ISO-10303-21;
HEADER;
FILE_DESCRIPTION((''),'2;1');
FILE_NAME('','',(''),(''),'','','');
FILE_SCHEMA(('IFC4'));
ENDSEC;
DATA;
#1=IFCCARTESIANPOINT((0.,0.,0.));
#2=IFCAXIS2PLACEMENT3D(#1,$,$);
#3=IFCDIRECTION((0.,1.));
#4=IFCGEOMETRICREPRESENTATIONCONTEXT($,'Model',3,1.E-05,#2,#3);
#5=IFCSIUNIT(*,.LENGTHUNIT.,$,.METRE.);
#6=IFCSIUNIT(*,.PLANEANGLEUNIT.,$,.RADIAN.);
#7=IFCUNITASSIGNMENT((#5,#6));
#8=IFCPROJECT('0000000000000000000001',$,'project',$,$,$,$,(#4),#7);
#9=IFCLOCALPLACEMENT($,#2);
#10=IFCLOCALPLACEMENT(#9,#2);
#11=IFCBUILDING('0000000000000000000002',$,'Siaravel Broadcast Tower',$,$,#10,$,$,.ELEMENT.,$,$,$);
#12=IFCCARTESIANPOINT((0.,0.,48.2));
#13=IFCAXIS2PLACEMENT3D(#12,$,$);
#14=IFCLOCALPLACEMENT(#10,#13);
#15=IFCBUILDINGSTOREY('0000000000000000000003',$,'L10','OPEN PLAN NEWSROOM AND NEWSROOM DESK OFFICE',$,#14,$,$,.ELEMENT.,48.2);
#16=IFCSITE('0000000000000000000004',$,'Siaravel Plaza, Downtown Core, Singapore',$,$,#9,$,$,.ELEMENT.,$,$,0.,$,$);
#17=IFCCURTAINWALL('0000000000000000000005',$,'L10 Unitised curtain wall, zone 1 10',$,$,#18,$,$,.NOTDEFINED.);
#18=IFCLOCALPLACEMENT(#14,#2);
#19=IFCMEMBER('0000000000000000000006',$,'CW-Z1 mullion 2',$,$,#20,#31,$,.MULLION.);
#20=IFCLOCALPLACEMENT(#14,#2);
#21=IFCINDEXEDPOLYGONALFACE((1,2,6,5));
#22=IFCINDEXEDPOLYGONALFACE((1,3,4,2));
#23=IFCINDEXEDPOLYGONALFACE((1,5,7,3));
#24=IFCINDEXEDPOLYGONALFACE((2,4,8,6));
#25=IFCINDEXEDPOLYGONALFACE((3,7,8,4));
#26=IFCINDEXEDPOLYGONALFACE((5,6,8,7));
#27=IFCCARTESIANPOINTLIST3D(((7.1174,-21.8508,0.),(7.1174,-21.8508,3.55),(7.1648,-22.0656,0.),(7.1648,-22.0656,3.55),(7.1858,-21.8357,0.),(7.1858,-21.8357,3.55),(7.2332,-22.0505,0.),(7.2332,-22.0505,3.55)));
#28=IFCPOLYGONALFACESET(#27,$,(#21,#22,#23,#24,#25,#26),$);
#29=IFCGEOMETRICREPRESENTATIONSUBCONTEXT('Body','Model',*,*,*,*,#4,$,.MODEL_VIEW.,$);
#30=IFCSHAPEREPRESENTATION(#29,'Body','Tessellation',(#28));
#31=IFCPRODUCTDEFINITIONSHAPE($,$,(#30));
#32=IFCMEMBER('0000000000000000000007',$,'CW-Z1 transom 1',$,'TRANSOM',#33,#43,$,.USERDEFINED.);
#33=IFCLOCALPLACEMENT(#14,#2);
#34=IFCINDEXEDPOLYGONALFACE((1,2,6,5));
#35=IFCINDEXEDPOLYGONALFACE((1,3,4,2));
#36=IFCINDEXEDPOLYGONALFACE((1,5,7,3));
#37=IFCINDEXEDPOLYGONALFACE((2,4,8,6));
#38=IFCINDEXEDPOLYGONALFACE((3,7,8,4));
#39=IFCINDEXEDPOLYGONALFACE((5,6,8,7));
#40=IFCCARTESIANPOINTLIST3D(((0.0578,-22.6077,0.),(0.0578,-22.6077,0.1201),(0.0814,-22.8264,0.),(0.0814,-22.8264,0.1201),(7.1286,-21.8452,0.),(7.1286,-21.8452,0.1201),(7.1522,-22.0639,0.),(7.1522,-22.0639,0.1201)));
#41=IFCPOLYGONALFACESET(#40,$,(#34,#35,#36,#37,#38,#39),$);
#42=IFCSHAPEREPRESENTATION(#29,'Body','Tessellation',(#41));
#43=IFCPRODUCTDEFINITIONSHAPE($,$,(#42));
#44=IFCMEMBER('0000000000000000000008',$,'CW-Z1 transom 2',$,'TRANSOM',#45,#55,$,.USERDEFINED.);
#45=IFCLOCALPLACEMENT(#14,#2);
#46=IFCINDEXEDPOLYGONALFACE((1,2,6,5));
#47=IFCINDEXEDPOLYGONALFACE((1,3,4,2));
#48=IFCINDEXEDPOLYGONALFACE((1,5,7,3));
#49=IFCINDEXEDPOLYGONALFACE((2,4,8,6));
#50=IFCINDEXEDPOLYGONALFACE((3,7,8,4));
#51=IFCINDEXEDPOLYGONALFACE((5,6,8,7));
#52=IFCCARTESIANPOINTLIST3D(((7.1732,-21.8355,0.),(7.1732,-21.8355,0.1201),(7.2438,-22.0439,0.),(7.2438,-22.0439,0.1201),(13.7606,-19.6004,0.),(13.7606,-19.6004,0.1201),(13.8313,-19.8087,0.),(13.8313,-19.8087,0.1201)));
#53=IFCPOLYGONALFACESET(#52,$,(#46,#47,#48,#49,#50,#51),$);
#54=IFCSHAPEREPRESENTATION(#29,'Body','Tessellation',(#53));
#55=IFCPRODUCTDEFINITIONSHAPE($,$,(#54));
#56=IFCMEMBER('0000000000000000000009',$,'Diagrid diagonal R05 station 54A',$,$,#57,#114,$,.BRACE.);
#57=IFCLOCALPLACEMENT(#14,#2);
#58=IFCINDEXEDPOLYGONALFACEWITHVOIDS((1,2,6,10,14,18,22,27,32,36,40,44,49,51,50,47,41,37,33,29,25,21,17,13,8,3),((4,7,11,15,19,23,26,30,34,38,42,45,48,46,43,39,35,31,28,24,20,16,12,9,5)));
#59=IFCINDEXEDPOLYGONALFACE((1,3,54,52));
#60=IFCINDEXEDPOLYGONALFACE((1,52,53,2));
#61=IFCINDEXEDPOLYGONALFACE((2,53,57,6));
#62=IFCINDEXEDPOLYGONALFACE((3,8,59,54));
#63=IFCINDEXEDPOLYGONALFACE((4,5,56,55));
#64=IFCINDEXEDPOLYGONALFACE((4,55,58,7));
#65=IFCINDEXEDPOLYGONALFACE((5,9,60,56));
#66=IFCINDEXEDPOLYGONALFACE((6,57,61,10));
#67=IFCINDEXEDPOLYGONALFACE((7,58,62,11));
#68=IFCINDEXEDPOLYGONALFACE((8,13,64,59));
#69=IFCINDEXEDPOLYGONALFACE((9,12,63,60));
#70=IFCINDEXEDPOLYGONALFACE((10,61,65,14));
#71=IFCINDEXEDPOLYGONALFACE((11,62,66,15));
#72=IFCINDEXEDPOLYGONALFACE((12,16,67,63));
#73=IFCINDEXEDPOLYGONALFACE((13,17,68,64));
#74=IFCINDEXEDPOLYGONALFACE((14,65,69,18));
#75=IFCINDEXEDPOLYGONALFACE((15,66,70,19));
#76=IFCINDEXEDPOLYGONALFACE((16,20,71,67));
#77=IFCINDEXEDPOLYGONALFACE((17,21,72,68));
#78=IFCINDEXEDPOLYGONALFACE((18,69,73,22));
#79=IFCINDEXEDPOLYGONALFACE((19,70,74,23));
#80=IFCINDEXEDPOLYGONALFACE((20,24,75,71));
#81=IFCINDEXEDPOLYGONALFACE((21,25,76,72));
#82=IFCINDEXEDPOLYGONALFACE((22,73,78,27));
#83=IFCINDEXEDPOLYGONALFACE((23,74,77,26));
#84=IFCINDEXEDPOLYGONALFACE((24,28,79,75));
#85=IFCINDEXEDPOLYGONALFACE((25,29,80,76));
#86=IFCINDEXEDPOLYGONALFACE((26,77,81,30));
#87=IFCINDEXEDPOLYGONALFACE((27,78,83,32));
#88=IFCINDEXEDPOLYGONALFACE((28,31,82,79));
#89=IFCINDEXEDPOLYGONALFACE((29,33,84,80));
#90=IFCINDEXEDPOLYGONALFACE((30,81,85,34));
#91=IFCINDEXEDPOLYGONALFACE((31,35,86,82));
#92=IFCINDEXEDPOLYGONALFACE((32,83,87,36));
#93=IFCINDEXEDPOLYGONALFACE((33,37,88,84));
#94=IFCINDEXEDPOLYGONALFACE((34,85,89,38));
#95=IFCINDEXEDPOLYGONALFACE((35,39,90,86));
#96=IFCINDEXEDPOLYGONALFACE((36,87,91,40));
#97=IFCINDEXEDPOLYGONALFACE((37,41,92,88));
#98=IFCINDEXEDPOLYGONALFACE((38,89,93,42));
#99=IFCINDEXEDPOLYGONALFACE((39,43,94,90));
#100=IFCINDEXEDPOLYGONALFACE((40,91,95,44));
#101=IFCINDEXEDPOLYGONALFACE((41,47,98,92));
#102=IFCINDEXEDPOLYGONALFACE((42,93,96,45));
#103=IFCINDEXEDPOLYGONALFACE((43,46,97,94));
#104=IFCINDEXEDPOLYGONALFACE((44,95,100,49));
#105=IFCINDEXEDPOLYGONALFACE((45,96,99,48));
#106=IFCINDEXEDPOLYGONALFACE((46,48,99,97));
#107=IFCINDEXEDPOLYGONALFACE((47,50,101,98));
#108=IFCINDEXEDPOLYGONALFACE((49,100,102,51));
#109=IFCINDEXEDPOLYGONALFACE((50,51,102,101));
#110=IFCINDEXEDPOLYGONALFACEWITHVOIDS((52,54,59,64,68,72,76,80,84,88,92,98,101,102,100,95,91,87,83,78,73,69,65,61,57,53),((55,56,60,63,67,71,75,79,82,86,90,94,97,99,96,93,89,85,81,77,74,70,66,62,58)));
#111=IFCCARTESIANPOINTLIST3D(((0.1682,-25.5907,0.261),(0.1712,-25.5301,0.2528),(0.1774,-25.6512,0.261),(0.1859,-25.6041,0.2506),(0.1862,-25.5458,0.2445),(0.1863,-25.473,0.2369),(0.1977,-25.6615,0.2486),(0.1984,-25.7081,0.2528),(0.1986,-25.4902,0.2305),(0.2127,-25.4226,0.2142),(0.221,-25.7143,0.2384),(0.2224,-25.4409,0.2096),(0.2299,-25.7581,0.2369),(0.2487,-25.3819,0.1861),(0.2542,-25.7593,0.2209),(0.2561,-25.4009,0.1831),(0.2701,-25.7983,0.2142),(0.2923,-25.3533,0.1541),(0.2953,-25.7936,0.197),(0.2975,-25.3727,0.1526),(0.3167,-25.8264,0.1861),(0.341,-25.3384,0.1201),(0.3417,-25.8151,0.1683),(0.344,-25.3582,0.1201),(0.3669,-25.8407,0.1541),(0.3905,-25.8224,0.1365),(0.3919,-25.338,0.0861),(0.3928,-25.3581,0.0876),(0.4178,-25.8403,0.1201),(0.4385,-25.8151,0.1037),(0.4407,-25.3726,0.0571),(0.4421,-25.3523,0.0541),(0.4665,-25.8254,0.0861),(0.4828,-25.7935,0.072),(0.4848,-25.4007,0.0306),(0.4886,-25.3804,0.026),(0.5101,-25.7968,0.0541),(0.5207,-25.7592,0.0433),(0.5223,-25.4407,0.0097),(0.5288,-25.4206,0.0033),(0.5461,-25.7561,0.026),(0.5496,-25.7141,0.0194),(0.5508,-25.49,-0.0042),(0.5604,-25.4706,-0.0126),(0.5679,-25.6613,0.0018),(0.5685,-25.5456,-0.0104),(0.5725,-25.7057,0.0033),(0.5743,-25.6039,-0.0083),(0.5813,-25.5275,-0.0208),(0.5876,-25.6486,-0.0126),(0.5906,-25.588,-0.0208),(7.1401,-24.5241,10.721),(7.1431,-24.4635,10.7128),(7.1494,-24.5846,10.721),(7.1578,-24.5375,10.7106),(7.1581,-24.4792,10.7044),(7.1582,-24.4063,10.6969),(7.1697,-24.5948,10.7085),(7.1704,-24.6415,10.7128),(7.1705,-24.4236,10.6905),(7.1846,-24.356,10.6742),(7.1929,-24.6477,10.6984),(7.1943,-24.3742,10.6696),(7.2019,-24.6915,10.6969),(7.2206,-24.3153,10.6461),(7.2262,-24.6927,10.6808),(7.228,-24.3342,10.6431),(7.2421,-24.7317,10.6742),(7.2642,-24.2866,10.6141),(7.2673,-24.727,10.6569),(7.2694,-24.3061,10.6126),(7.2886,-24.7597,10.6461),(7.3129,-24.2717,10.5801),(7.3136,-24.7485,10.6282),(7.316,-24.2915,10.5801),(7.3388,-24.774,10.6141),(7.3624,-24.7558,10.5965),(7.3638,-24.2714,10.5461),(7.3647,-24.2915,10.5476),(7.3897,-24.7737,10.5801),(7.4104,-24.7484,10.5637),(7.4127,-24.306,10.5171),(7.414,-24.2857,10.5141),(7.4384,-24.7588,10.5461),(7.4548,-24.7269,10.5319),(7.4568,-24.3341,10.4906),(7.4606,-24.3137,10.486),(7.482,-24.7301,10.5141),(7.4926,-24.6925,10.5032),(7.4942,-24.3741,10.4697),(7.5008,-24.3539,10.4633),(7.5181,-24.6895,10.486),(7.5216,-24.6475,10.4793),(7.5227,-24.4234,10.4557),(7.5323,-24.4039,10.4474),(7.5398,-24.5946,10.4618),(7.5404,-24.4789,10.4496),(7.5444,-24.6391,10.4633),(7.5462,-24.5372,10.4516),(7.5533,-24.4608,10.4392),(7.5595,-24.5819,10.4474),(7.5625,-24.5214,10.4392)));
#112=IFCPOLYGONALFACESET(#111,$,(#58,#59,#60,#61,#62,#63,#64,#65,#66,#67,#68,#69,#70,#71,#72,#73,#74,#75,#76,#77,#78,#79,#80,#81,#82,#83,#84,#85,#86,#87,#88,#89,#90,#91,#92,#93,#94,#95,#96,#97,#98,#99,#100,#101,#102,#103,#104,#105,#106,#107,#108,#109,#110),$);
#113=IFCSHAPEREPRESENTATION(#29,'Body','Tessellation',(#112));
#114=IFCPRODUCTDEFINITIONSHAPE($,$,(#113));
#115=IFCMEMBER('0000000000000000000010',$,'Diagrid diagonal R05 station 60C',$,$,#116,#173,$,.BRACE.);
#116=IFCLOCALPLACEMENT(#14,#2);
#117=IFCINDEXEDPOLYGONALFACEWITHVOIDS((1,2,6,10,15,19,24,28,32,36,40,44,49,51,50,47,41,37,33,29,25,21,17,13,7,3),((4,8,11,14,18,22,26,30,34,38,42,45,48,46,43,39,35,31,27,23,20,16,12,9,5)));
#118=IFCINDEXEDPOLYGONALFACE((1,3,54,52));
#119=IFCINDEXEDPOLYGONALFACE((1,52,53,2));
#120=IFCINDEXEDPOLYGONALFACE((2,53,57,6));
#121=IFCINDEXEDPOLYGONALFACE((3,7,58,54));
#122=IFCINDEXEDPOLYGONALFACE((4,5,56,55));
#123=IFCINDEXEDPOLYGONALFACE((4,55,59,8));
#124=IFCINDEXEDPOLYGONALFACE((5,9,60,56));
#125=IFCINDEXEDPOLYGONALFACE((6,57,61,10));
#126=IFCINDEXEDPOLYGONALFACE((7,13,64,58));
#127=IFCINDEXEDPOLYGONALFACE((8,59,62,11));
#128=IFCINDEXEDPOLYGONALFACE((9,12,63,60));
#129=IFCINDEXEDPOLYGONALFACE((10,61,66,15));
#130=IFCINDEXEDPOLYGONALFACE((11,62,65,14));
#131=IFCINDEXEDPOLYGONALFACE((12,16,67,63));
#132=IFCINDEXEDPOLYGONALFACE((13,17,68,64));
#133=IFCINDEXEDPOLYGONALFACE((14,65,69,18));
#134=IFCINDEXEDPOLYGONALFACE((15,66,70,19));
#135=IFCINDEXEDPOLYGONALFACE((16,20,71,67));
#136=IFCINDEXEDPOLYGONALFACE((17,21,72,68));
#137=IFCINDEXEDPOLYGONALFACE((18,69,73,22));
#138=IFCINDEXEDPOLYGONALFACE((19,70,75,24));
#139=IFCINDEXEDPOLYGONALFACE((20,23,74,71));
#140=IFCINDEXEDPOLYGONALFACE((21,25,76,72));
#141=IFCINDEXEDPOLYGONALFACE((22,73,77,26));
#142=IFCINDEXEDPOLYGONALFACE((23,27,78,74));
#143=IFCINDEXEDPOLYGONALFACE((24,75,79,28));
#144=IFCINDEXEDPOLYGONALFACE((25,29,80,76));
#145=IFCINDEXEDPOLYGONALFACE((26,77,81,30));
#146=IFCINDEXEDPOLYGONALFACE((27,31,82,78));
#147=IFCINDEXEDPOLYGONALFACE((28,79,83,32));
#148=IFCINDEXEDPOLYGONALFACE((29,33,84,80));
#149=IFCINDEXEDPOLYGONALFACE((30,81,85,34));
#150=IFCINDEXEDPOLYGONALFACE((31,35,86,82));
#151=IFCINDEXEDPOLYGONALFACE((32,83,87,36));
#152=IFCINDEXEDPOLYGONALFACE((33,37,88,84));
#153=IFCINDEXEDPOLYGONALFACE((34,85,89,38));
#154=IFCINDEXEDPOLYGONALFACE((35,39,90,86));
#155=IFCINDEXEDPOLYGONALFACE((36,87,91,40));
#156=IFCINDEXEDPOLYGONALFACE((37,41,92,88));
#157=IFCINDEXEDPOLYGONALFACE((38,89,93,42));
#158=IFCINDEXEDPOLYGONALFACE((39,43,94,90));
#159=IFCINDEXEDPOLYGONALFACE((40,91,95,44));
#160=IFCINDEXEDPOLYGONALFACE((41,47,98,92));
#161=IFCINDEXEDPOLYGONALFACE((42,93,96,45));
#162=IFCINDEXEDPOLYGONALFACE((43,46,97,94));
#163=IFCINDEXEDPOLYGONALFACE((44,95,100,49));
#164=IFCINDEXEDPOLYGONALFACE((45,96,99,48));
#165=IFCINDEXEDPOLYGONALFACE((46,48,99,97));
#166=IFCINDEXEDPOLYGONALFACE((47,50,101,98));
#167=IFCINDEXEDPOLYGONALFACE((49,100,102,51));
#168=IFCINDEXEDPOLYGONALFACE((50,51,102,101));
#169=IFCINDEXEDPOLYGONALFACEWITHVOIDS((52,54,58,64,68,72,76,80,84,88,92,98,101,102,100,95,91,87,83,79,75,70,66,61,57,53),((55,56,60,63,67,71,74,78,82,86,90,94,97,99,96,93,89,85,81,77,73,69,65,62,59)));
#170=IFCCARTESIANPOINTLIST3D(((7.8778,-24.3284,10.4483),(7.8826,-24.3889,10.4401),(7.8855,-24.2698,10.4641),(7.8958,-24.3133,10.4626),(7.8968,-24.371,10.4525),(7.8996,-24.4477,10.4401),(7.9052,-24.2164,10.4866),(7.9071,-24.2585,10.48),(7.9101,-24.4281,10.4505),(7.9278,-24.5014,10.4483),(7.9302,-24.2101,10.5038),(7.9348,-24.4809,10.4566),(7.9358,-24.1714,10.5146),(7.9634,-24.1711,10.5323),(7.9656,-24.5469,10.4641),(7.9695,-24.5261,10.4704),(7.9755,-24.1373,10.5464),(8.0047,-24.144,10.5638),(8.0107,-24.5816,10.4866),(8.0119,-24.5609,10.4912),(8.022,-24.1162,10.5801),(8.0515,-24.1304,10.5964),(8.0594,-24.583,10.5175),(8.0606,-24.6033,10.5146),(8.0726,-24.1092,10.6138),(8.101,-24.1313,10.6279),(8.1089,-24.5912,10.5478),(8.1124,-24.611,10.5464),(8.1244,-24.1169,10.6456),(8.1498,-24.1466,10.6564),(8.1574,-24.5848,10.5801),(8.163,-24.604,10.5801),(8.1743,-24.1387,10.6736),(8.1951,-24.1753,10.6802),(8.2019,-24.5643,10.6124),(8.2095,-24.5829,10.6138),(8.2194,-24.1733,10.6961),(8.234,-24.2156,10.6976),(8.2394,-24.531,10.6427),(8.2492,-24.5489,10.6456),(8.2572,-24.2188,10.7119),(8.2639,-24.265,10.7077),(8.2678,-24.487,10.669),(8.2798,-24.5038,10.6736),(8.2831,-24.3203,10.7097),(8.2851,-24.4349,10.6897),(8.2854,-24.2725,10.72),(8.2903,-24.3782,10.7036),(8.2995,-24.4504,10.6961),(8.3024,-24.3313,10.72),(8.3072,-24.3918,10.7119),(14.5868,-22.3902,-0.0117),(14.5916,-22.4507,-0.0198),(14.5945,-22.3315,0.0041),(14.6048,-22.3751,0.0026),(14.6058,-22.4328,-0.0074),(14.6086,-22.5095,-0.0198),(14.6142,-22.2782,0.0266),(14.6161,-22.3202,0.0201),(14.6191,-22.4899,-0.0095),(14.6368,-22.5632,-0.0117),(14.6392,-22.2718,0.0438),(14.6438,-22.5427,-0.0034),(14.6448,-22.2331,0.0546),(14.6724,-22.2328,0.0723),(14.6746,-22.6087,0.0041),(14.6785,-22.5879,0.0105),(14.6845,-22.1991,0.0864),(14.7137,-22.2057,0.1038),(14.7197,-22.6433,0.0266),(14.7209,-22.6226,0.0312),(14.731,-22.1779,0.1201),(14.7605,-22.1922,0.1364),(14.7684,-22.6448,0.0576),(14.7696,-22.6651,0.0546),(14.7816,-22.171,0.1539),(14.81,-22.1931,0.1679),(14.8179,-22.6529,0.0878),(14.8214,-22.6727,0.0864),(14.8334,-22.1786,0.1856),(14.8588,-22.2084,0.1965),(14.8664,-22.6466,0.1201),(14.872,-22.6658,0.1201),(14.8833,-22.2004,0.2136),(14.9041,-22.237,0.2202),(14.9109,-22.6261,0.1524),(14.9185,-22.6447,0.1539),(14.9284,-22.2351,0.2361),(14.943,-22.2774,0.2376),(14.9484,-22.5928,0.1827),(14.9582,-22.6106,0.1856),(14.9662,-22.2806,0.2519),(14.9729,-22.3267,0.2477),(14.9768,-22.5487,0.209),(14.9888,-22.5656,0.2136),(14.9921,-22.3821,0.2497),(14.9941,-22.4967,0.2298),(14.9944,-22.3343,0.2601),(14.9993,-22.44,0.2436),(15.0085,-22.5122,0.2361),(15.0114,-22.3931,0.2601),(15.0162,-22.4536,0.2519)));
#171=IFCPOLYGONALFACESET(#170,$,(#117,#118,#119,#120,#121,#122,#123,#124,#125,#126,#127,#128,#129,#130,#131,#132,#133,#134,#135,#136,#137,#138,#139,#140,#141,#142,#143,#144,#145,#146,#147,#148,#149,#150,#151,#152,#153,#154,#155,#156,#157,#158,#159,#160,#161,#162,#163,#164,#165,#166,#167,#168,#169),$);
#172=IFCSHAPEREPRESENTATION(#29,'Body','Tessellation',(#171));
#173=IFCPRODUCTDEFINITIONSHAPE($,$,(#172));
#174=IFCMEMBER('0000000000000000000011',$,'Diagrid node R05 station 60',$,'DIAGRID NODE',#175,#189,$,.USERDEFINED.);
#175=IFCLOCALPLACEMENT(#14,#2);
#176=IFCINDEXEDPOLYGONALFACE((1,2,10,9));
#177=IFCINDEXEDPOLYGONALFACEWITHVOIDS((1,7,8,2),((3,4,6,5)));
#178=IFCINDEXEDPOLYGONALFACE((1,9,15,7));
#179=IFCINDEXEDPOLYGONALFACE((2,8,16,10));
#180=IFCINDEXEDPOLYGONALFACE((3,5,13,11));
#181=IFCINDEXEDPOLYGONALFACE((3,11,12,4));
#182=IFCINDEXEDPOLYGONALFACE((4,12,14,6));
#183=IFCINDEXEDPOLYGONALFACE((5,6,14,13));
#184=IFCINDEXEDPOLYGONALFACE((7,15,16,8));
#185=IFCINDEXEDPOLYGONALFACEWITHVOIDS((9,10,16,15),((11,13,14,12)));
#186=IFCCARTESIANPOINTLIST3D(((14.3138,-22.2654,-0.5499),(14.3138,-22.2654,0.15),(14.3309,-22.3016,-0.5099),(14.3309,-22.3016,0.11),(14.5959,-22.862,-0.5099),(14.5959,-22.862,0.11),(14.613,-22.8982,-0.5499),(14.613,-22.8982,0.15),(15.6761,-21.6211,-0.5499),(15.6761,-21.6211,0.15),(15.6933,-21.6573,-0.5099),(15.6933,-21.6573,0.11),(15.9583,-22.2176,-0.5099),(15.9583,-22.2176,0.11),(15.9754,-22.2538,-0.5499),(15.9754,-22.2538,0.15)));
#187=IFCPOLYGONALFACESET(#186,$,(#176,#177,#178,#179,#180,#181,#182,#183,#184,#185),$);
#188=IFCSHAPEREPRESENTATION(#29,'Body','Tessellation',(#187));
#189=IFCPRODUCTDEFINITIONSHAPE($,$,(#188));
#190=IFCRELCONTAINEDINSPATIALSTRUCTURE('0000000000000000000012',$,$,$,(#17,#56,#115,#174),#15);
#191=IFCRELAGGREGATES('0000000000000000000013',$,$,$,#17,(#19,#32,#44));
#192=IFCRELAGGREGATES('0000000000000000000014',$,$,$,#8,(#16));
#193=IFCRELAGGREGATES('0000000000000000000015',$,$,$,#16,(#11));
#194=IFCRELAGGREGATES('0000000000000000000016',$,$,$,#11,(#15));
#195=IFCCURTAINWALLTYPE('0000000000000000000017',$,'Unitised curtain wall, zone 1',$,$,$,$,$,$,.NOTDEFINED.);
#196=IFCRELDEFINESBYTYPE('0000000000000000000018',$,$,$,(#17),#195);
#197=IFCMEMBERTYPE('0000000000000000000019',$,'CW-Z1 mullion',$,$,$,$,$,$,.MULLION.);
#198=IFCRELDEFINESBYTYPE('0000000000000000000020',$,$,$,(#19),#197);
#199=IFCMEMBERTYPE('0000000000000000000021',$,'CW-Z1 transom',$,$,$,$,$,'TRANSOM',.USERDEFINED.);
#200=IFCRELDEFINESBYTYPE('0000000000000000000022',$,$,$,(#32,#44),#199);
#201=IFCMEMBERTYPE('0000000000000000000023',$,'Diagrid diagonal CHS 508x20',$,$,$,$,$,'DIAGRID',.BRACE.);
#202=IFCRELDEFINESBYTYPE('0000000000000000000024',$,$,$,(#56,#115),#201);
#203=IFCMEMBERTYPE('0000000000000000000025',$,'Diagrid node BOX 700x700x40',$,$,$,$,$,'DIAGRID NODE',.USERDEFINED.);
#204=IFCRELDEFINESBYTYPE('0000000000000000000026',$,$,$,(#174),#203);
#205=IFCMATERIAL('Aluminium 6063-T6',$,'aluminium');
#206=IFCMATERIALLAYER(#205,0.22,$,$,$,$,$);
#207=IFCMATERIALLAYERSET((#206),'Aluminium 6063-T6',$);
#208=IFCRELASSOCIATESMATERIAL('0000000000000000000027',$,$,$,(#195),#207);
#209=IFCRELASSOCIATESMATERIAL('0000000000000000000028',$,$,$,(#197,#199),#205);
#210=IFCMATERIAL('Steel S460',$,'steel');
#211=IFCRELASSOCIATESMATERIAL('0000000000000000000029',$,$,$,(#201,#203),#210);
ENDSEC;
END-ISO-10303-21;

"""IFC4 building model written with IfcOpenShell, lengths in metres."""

from ifc_helpers import new_model, si_unit, direction, frame, origin, origin_2d, place, context, subcontext, project, spatial, rectangle, hollow_rectangle, hollow_circle, extrude, material, layer, layer_set, material_profile, profile_set, type_object, element, aggregate, save


model = new_model("IFC4")

# Units and contexts
model_context = context("Model", 3, precision=1e-05, world=origin(), true_north=direction((0.0, 1.0)))
body_context = subcontext(model_context, "Body", "Model", "MODEL_VIEW")
ifc_project = project(units=[si_unit("LENGTHUNIT", "METRE"), si_unit("PLANEANGLEUNIT", "RADIAN")], contexts=[model_context])

# Site, building, storey
site_placement = place(None, origin())
site = spatial("IfcSite", under=ifc_project, at=site_placement, Name="Siaravel Plaza, Downtown Core, Singapore", CompositionType="ELEMENT", RefElevation=0.0)
building_placement = place(site_placement, origin())
building = spatial("IfcBuilding", under=site, at=building_placement, Name="Siaravel Broadcast Tower", CompositionType="ELEMENT")
storey_placement = place(building_placement, frame((0.0, 0.0, 48.2)))
storey = spatial("IfcBuildingStorey", under=building, at=storey_placement, Name="L10", Description="OPEN PLAN NEWSROOM AND NEWSROOM DESK OFFICE", CompositionType="ELEMENT", Elevation=48.2)

# Curtain wall, members
ifc_material_1 = material(Name="Aluminium 6063-T6", Category="aluminium")
ifc_layer_1 = layer(ifc_material_1, 0.22)
ifc_layer_set_1 = layer_set([ifc_layer_1], Name="Aluminium 6063-T6")
curtain_wall_type = type_object("IfcCurtainWallType", Name="Unitised curtain wall, zone 1", PredefinedType="NOTDEFINED", material=ifc_layer_set_1)
curtain_wall_placement = place(storey_placement, origin())
curtain_wall = element("IfcCurtainWall", 1, at=curtain_wall_placement, inside=storey, type_object=curtain_wall_type, Name="L10 Unitised curtain wall, zone 1 10", PredefinedType="NOTDEFINED")
ifc_material_profile_1 = material_profile(ifc_material_1, rectangle(XDim=0.22, YDim=0.0701, at=origin_2d()))
ifc_profile_set_1 = profile_set([ifc_material_profile_1], Name="Aluminium 6063-T6")
member_type_1 = type_object("IfcMemberType", Name="CW-Z1 mullion", PredefinedType="MULLION", material=ifc_profile_set_1)
member_1_placement = place(storey_placement, frame((7.1753, -21.9507, 0.0), z_axis=(0.0, 0.0, 1.0), x_axis=(-0.215558, 0.976491, 0.0)))
member_1 = element("IfcMember", 2, at=member_1_placement, type_object=member_type_1, Name="CW-Z1 mullion 2", PredefinedType="MULLION", context=body_context, shape_type="SweptSolid", body=[
    extrude(rectangle(XDim=0.22, YDim=0.0701, at=origin_2d()), origin(), (0.0, 0.0, 1.0), 3.55),
])
ifc_material_profile_2 = material_profile(ifc_material_1, rectangle(XDim=0.22, YDim=0.1201, at=origin_2d()))
ifc_profile_set_2 = profile_set([ifc_material_profile_2], Name="Aluminium 6063-T6")
member_type_2 = type_object("IfcMemberType", Name="CW-Z1 transom", ElementType="TRANSOM", PredefinedType="USERDEFINED", material=ifc_profile_set_2)
member_2_placement = place(storey_placement, frame((0.0696, -22.717, 0.0601), z_axis=(0.994236, 0.107209, 0.0), x_axis=(-0.107209, 0.994236, 0.0)))
member_2 = element("IfcMember", 3, at=member_2_placement, type_object=member_type_2, Name="CW-Z1 transom 1", ObjectType="TRANSOM", PredefinedType="USERDEFINED", context=body_context, shape_type="SweptSolid", body=[
    extrude(rectangle(XDim=0.22, YDim=0.1201, at=origin_2d()), origin(), (0.0, 0.0, 1.0), 7.1118),
])
member_3_placement = place(storey_placement, frame((7.2085, -21.9397, 0.0601), z_axis=(0.946975, 0.321309, 0.0), x_axis=(-0.321309, 0.946975, 0.0)))
member_3 = element("IfcMember", 4, at=member_3_placement, type_object=member_type_2, Name="CW-Z1 transom 2", ObjectType="TRANSOM", PredefinedType="USERDEFINED", context=body_context, shape_type="SweptSolid", body=[
    extrude(rectangle(XDim=0.22, YDim=0.1201, at=origin_2d()), origin(), (0.0, 0.0, 1.0), 6.9563),
])

# Members
ifc_material_2 = material(Name="Steel S460", Category="steel")
ifc_material_profile_3 = material_profile(ifc_material_2, hollow_circle(Radius=0.2539, WallThickness=0.02, at=origin_2d()))
ifc_profile_set_3 = profile_set([ifc_material_profile_3], Name="Steel S460")
member_type_3 = type_object("IfcMemberType", Name="Diagrid diagonal CHS 508x20", ElementType="DIAGRID", PredefinedType="BRACE", material=ifc_profile_set_3)
member_4_placement = place(storey_placement, frame((0.3794, -25.5894, 0.1201), z_axis=(0.552638, 0.084549, 0.829122), x_axis=(-0.151233, 0.988498, 0.0)))
element("IfcMember", 5, at=member_4_placement, inside=storey, type_object=member_type_3, Name="Diagrid diagonal R05 station 54A", PredefinedType="BRACE", context=body_context, shape_type="SweptSolid", body=[
    extrude(hollow_circle(Radius=0.2539, WallThickness=0.02, at=origin_2d()), origin(), (0.0, 0.0, 1.0), 12.6157),
])
member_5_placement = place(storey_placement, frame((14.8015, -22.4219, 0.1201), z_axis=(-0.533438, -0.154111, 0.831681), x_axis=(0.27755, -0.960711, 0.0)))
element("IfcMember", 6, at=member_5_placement, inside=storey, type_object=member_type_3, Name="Diagrid diagonal R05 station 60C", PredefinedType="BRACE", context=body_context, shape_type="SweptSolid", body=[
    extrude(hollow_circle(Radius=0.2539, WallThickness=0.02, at=origin_2d()), origin(), (0.0, 0.0, 1.0), 12.5769),
])
ifc_material_profile_4 = material_profile(ifc_material_2, hollow_rectangle(XDim=0.7, YDim=0.7, WallThickness=0.04, at=origin_2d()))
ifc_profile_set_4 = profile_set([ifc_material_profile_4], Name="Steel S460")
member_type_4 = type_object("IfcMemberType", Name="Diagrid node BOX 700x700x40", ElementType="DIAGRID NODE", PredefinedType="USERDEFINED", material=ifc_profile_set_4)
member_6_placement = place(storey_placement, frame((14.4634, -22.5818, -0.2), z_axis=(0.903998, 0.427536, 0.0), x_axis=(-0.427536, 0.903998, 0.0)))
element("IfcMember", 7, at=member_6_placement, inside=storey, type_object=member_type_4, Name="Diagrid node R05 station 60", ObjectType="DIAGRID NODE", PredefinedType="USERDEFINED", context=body_context, shape_type="SweptSolid", body=[
    extrude(hollow_rectangle(XDim=0.7, YDim=0.7, WallThickness=0.04, at=origin_2d()), origin(), (0.0, 0.0, 1.0), 1.5071),
])

aggregate(curtain_wall, [member_1, member_2, member_3])

save(model, "model.ifc")
